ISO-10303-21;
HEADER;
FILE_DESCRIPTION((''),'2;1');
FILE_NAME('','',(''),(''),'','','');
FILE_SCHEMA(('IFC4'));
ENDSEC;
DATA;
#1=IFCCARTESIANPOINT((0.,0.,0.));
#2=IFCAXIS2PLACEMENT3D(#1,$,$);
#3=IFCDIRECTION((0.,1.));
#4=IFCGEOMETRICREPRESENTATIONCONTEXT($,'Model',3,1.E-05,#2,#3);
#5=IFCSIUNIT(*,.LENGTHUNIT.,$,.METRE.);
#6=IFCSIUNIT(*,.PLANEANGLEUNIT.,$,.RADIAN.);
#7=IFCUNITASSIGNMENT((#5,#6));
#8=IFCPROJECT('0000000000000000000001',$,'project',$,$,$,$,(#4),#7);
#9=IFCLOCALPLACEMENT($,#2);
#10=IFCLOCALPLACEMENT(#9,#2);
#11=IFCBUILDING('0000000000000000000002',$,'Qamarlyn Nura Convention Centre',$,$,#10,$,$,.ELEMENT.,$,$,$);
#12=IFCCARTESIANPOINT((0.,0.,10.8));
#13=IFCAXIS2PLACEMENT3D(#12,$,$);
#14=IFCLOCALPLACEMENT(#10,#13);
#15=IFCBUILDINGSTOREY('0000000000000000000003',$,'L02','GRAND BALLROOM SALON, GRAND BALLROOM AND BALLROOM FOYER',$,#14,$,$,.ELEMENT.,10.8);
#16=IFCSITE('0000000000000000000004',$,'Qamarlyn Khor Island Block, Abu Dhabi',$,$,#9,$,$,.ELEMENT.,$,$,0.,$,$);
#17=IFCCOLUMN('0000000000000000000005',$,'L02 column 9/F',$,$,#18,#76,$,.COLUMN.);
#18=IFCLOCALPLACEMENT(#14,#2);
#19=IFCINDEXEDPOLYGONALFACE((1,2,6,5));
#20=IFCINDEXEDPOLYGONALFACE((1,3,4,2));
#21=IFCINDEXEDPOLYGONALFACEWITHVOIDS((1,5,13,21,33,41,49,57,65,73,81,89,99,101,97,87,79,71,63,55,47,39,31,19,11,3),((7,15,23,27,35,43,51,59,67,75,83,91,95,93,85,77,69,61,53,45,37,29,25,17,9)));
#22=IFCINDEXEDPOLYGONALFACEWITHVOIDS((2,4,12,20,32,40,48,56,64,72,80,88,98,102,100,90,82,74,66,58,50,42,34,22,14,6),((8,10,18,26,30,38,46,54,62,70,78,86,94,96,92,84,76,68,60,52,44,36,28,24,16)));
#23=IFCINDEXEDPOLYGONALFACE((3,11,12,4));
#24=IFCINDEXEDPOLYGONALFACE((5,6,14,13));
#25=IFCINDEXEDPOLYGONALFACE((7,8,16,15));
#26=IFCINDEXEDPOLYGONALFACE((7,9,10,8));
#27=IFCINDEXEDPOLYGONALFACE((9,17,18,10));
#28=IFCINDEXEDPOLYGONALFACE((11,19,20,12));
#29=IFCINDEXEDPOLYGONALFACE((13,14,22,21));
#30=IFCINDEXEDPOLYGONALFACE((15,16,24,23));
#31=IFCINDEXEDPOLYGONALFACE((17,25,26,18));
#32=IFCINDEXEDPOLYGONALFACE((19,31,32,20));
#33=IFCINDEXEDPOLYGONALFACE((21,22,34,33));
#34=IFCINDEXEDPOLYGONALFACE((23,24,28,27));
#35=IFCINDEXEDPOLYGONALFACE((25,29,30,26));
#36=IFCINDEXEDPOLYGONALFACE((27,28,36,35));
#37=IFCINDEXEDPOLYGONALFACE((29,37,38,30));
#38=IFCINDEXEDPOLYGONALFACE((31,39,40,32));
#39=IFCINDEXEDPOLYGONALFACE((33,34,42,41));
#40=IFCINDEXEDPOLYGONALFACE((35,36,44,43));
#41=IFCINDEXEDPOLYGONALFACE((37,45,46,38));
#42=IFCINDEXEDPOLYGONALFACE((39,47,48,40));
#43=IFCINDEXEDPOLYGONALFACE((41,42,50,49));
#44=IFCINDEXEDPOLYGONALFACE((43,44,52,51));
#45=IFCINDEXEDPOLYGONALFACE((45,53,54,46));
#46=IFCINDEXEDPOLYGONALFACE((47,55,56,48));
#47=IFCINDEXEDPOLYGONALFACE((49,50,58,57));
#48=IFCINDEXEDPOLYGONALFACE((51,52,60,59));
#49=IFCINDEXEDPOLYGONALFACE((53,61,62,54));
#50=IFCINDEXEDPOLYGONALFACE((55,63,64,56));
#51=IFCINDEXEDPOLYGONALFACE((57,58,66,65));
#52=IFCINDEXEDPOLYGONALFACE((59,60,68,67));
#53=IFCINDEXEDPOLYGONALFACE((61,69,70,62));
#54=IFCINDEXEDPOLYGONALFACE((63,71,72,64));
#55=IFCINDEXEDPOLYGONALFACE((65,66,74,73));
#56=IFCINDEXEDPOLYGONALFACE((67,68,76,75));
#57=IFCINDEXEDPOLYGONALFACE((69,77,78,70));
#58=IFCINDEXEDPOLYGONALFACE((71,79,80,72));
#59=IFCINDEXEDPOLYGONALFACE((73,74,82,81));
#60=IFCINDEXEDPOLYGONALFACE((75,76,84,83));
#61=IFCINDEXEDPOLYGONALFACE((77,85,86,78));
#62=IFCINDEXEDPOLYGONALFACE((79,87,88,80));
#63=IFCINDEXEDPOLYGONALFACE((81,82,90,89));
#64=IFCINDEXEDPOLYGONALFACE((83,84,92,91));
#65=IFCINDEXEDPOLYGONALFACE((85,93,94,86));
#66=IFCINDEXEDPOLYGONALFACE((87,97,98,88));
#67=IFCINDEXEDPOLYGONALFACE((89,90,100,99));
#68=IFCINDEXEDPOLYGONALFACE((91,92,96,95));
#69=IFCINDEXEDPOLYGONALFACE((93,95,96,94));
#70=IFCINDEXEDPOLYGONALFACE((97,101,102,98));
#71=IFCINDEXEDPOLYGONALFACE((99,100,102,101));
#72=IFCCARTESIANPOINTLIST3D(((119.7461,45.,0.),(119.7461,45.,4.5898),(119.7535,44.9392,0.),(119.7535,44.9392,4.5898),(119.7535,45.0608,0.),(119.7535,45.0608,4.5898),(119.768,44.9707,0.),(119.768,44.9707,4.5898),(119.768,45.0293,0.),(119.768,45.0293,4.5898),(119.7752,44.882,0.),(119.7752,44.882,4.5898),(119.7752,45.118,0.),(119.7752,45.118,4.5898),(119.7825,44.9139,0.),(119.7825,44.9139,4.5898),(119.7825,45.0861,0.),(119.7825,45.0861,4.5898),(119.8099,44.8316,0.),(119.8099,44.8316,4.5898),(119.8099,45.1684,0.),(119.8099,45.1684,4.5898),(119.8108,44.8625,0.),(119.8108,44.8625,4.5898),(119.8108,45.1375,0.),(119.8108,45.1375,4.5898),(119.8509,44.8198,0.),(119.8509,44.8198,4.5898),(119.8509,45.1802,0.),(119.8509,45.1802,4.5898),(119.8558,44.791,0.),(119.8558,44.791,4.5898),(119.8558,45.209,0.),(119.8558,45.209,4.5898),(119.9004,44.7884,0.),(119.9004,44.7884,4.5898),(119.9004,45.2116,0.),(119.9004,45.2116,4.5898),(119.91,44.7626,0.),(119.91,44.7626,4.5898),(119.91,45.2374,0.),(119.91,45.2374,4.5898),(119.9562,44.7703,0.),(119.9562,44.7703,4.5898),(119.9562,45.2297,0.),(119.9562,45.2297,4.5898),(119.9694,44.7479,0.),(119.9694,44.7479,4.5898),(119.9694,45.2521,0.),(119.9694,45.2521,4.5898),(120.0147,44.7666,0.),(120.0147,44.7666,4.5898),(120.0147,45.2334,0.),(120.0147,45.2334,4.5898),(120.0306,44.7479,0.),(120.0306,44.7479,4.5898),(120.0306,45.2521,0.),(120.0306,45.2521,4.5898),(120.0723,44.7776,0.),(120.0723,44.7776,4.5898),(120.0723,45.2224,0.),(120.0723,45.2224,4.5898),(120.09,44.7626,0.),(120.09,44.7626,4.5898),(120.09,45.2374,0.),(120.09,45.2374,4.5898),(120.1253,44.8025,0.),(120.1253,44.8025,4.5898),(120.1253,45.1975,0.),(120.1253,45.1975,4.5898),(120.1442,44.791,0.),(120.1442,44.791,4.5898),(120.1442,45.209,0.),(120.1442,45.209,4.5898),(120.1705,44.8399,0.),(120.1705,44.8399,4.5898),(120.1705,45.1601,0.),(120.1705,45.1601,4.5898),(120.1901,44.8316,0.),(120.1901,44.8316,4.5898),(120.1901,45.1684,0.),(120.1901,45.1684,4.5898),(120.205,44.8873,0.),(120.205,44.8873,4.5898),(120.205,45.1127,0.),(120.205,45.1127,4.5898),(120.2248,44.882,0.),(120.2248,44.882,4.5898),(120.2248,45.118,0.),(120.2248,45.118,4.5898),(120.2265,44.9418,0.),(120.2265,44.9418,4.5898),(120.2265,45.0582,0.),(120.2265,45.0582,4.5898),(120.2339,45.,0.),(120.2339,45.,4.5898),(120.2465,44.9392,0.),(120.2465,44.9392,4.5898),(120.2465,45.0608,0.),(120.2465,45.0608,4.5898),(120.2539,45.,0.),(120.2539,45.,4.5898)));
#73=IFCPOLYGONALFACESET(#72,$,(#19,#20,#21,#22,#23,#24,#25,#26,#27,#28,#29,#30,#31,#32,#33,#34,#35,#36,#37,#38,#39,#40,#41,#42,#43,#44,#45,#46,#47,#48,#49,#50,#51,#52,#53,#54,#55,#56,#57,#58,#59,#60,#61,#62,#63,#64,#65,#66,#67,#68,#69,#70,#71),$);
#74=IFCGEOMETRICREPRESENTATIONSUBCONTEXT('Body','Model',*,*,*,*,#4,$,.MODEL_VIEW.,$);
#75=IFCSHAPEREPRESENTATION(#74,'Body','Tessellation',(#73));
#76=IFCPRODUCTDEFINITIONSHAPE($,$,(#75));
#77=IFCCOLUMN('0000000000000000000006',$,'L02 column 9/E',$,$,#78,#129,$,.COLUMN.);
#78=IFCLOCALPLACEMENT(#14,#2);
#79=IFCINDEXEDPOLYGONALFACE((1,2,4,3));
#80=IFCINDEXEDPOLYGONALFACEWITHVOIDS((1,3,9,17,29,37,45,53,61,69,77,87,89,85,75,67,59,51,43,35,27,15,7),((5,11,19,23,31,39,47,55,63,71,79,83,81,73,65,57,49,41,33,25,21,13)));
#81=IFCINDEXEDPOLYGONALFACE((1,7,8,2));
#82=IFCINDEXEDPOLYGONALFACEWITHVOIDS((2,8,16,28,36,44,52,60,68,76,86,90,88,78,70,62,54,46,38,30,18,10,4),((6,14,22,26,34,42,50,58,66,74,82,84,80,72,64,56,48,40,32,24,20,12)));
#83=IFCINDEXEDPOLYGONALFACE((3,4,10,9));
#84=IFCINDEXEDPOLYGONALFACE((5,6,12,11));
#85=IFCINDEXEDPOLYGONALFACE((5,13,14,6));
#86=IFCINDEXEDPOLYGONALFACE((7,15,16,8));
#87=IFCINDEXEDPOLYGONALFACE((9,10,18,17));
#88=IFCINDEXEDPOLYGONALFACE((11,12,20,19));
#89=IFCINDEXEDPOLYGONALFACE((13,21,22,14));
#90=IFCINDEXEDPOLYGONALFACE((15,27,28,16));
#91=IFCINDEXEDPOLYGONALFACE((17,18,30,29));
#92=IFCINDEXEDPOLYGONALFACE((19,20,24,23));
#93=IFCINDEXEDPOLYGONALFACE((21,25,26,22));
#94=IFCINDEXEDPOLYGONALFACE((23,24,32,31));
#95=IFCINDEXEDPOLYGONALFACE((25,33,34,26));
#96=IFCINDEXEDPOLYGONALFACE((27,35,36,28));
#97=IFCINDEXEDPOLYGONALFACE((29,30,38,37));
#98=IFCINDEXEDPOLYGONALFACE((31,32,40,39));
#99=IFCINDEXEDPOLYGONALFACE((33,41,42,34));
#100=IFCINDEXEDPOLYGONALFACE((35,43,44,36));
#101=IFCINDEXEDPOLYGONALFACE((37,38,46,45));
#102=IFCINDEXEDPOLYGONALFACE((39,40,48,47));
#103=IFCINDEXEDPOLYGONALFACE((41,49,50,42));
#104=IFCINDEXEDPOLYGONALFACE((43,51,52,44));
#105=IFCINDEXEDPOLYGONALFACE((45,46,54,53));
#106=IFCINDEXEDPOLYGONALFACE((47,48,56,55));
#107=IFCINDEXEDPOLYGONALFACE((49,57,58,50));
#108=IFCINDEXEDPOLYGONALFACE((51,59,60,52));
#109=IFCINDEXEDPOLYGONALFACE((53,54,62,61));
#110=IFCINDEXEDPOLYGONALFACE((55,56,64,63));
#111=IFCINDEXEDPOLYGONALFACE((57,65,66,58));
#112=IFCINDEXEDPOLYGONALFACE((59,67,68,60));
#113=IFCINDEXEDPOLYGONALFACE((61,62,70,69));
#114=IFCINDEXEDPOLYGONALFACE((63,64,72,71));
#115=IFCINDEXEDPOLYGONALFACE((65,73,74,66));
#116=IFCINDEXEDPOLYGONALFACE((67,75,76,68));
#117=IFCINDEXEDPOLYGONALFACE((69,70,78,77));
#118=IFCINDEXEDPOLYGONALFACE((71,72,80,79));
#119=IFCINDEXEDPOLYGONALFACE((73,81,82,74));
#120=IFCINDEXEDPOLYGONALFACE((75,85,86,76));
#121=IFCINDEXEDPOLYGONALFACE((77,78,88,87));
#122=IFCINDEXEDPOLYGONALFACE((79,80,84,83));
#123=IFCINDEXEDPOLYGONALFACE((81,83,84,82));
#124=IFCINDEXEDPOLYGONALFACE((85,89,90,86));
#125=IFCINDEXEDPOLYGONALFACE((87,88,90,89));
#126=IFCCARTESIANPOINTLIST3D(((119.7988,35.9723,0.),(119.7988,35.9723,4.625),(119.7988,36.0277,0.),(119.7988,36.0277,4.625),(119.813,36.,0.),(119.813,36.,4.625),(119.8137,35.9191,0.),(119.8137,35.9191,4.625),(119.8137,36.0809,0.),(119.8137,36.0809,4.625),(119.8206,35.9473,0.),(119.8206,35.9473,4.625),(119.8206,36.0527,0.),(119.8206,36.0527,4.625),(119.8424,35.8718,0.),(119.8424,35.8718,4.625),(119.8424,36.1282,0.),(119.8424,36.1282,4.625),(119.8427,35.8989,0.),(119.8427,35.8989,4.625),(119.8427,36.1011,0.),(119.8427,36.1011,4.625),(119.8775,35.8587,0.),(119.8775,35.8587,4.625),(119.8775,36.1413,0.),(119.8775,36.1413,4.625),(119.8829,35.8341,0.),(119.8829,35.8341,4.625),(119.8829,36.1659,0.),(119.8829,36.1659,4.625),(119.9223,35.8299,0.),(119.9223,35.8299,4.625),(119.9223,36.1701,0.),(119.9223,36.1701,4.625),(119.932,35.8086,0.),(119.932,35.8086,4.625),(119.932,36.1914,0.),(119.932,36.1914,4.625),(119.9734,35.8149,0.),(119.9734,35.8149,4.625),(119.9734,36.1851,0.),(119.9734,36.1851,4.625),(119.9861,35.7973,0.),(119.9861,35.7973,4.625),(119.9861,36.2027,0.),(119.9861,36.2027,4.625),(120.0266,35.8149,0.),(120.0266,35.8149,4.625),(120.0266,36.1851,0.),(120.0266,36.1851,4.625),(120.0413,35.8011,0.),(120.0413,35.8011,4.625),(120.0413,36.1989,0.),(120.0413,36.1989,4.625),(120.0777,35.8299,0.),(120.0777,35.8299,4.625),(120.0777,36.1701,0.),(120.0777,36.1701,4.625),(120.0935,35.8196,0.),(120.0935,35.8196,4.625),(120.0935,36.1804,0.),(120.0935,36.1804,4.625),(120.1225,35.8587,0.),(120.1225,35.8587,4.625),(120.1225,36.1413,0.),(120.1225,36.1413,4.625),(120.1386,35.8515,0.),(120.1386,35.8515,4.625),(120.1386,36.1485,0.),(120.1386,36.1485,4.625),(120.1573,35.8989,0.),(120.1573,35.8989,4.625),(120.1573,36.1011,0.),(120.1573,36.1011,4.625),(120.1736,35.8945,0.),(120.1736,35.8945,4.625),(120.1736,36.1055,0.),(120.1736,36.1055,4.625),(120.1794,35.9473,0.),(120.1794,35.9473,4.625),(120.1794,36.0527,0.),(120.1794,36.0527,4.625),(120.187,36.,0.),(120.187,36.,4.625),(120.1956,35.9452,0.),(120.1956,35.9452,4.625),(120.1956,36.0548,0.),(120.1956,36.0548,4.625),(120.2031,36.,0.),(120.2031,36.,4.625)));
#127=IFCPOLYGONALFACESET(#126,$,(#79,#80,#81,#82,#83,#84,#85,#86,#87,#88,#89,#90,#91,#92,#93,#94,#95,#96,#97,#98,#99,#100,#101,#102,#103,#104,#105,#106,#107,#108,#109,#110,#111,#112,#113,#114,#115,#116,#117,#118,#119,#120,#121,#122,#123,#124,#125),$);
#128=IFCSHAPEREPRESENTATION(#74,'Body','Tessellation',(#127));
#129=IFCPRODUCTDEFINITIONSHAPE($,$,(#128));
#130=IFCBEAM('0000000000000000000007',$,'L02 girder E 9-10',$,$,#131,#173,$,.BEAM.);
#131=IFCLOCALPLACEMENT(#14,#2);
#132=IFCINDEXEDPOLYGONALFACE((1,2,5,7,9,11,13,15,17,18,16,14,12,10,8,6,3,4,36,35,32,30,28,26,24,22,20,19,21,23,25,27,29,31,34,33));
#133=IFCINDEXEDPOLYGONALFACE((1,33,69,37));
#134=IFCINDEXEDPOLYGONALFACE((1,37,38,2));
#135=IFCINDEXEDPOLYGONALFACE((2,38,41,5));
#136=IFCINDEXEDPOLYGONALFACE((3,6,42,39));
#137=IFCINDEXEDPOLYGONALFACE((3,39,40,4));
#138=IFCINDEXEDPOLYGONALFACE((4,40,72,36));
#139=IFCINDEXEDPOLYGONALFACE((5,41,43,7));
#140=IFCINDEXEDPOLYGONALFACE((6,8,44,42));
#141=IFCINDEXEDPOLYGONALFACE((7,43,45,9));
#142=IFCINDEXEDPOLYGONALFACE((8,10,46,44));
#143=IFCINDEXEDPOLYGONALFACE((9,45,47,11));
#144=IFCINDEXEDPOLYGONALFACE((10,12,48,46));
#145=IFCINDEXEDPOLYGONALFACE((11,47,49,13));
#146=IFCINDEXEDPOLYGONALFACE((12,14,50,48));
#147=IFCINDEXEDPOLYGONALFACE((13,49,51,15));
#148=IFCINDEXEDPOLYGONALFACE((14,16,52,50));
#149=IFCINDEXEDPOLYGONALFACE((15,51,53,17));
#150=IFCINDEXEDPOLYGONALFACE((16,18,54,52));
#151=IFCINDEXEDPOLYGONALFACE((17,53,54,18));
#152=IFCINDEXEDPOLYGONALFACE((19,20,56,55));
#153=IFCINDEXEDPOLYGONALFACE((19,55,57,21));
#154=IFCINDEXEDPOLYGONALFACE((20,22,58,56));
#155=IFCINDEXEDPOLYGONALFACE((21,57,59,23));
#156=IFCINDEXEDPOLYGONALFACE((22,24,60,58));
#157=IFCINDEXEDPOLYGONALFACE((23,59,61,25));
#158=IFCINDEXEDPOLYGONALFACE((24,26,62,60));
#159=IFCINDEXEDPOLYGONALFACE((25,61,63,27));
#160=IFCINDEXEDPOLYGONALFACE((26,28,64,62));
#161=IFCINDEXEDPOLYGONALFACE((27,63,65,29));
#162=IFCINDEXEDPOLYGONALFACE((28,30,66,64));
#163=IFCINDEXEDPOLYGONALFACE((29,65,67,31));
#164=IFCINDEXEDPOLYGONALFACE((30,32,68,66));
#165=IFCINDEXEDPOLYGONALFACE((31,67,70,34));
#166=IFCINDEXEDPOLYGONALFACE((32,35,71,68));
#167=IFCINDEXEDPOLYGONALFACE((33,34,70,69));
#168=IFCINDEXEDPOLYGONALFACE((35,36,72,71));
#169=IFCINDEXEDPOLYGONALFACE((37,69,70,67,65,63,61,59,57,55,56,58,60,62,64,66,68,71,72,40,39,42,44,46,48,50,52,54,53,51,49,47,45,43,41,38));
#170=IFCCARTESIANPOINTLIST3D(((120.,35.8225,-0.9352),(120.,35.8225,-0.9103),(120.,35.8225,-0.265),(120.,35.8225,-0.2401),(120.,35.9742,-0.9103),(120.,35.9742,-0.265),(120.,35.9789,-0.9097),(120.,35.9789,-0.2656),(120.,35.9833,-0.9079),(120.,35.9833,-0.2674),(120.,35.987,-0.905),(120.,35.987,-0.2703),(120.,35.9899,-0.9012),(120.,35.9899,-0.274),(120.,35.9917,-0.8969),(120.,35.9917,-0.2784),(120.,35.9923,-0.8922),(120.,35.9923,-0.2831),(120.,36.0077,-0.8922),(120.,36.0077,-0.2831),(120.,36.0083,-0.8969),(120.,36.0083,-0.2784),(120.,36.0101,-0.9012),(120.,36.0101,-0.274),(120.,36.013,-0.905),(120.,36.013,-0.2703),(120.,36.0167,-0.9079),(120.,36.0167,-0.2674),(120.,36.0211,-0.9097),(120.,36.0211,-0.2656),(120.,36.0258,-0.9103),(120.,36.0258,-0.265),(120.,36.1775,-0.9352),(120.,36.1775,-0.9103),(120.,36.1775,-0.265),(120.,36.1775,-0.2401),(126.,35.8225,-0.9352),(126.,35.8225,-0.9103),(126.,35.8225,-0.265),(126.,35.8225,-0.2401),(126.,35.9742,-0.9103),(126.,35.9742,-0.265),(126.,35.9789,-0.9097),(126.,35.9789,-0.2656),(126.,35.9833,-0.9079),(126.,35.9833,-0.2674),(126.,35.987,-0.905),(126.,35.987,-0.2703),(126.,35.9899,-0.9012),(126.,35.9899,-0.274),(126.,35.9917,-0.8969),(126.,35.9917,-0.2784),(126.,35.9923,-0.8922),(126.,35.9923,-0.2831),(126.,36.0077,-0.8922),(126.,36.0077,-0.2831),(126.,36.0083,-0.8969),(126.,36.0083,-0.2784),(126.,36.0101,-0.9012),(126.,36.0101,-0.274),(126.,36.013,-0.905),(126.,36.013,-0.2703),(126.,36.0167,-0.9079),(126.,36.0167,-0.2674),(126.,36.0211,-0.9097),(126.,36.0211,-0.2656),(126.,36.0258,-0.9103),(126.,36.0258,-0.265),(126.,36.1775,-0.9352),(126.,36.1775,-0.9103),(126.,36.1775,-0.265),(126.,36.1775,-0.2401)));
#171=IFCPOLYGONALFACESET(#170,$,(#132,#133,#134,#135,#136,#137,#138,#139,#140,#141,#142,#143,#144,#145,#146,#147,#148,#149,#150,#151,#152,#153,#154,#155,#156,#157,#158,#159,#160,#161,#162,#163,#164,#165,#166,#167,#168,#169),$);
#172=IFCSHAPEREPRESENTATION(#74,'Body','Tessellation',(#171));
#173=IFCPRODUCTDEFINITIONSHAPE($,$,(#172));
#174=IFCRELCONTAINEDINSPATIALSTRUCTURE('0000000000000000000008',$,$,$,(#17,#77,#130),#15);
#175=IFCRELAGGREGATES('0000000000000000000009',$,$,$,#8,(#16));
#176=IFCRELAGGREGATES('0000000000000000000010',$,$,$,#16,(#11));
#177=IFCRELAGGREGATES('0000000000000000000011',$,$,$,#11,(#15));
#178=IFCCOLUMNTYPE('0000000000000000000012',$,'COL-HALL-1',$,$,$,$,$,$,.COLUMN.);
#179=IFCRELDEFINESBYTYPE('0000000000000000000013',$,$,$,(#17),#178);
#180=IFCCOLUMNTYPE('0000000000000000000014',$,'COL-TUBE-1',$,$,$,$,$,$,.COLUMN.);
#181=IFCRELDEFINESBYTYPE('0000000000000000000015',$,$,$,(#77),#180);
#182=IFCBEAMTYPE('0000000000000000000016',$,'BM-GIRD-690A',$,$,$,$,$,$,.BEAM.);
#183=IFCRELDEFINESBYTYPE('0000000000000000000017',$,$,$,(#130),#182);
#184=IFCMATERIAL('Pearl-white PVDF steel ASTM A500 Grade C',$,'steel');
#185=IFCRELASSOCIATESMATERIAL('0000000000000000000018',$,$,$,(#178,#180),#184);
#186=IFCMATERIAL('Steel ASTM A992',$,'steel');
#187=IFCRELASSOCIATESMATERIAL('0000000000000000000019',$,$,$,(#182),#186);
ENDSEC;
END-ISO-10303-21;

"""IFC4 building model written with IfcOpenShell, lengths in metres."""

from ifc_helpers import new_model, si_unit, direction, frame, origin, origin_2d, place, context, subcontext, project, spatial, hollow_circle, i_section, extrude, material, material_profile, profile_set, type_object, element, save


model = new_model("IFC4")

# Units and contexts
model_context = context("Model", 3, precision=1e-05, world=origin(), true_north=direction((0.0, 1.0)))
body_context = subcontext(model_context, "Body", "Model", "MODEL_VIEW")
ifc_project = project(units=[si_unit("LENGTHUNIT", "METRE"), si_unit("PLANEANGLEUNIT", "RADIAN")], contexts=[model_context])

# Site, building, storey
site_placement = place(None, origin())
site = spatial("IfcSite", under=ifc_project, at=site_placement, Name="Qamarlyn Khor Island Block, Abu Dhabi", CompositionType="ELEMENT", RefElevation=0.0)
building_placement = place(site_placement, origin())
building = spatial("IfcBuilding", under=site, at=building_placement, Name="Qamarlyn Nura Convention Centre", CompositionType="ELEMENT")
storey_placement = place(building_placement, frame((0.0, 0.0, 10.8)))
storey = spatial("IfcBuildingStorey", under=building, at=storey_placement, Name="L02", Description="GRAND BALLROOM SALON, GRAND BALLROOM AND BALLROOM FOYER", CompositionType="ELEMENT", Elevation=10.8)

# Columns
ifc_material_1 = material(Name="Pearl-white PVDF steel ASTM A500 Grade C", Category="steel")
ifc_material_profile_1 = material_profile(ifc_material_1, hollow_circle(Radius=0.2539, WallThickness=0.02, at=origin_2d()), Name="CHS508X20")
ifc_profile_set_1 = profile_set([ifc_material_profile_1], Name="Pearl-white PVDF steel ASTM A500 Grade C")
column_type_1 = type_object("IfcColumnType", Name="COL-HALL-1", PredefinedType="COLUMN", material=ifc_profile_set_1)
column_1_placement = place(storey_placement, frame((120.0, 45.0, 0.0), z_axis=(0.0, 0.0, 1.0), x_axis=(1.0, 0.0, 0.0)))
element("IfcColumn", 1, at=column_1_placement, inside=storey, type_object=column_type_1, Name="L02 column 9/F", PredefinedType="COLUMN", context=body_context, shape_type="SweptSolid", body=[
    extrude(hollow_circle(Radius=0.2539, WallThickness=0.02, at=origin_2d()), origin(), (0.0, 0.0, 1.0), 4.5898),
])
ifc_material_profile_2 = material_profile(ifc_material_1, hollow_circle(Radius=0.2031, WallThickness=0.0161, at=origin_2d()), Name="CHS406.4X16")
ifc_profile_set_2 = profile_set([ifc_material_profile_2], Name="Pearl-white PVDF steel ASTM A500 Grade C")
column_type_2 = type_object("IfcColumnType", Name="COL-TUBE-1", PredefinedType="COLUMN", material=ifc_profile_set_2)
column_2_placement = place(storey_placement, frame((120.0, 36.0, 0.0), z_axis=(0.0, 0.0, 1.0), x_axis=(1.0, 0.0, 0.0)))
element("IfcColumn", 2, at=column_2_placement, inside=storey, type_object=column_type_2, Name="L02 column 9/E", PredefinedType="COLUMN", context=body_context, shape_type="SweptSolid", body=[
    extrude(hollow_circle(Radius=0.2031, WallThickness=0.0161, at=origin_2d()), origin(), (0.0, 0.0, 1.0), 4.625),
])

# Beam
ifc_material_2 = material(Name="Steel ASTM A992", Category="steel")
ifc_material_profile_3 = material_profile(ifc_material_2, i_section(OverallWidth=0.355, OverallDepth=0.6951, WebThickness=0.0154, FlangeThickness=0.0249, FilletRadius=0.0181, at=origin_2d()), Name="W690X217")
ifc_profile_set_3 = profile_set([ifc_material_profile_3], Name="Steel ASTM A992")
beam_type_1 = type_object("IfcBeamType", Name="BM-GIRD-690A", PredefinedType="BEAM", material=ifc_profile_set_3)
beam_1_placement = place(storey_placement, frame((120.0, 36.0, -0.5876), z_axis=(1.0, 0.0, 0.0), x_axis=(0.0, 1.0, 0.0)))
element("IfcBeam", 3, at=beam_1_placement, inside=storey, type_object=beam_type_1, Name="L02 girder E 9-10", PredefinedType="BEAM", context=body_context, shape_type="SweptSolid", body=[
    extrude(i_section(OverallWidth=0.355, OverallDepth=0.6951, WebThickness=0.0154, FlangeThickness=0.0249, FilletRadius=0.0181, at=origin_2d()), origin(), (0.0, 0.0, 1.0), 6.0),
])

save(model, "model.ifc")
